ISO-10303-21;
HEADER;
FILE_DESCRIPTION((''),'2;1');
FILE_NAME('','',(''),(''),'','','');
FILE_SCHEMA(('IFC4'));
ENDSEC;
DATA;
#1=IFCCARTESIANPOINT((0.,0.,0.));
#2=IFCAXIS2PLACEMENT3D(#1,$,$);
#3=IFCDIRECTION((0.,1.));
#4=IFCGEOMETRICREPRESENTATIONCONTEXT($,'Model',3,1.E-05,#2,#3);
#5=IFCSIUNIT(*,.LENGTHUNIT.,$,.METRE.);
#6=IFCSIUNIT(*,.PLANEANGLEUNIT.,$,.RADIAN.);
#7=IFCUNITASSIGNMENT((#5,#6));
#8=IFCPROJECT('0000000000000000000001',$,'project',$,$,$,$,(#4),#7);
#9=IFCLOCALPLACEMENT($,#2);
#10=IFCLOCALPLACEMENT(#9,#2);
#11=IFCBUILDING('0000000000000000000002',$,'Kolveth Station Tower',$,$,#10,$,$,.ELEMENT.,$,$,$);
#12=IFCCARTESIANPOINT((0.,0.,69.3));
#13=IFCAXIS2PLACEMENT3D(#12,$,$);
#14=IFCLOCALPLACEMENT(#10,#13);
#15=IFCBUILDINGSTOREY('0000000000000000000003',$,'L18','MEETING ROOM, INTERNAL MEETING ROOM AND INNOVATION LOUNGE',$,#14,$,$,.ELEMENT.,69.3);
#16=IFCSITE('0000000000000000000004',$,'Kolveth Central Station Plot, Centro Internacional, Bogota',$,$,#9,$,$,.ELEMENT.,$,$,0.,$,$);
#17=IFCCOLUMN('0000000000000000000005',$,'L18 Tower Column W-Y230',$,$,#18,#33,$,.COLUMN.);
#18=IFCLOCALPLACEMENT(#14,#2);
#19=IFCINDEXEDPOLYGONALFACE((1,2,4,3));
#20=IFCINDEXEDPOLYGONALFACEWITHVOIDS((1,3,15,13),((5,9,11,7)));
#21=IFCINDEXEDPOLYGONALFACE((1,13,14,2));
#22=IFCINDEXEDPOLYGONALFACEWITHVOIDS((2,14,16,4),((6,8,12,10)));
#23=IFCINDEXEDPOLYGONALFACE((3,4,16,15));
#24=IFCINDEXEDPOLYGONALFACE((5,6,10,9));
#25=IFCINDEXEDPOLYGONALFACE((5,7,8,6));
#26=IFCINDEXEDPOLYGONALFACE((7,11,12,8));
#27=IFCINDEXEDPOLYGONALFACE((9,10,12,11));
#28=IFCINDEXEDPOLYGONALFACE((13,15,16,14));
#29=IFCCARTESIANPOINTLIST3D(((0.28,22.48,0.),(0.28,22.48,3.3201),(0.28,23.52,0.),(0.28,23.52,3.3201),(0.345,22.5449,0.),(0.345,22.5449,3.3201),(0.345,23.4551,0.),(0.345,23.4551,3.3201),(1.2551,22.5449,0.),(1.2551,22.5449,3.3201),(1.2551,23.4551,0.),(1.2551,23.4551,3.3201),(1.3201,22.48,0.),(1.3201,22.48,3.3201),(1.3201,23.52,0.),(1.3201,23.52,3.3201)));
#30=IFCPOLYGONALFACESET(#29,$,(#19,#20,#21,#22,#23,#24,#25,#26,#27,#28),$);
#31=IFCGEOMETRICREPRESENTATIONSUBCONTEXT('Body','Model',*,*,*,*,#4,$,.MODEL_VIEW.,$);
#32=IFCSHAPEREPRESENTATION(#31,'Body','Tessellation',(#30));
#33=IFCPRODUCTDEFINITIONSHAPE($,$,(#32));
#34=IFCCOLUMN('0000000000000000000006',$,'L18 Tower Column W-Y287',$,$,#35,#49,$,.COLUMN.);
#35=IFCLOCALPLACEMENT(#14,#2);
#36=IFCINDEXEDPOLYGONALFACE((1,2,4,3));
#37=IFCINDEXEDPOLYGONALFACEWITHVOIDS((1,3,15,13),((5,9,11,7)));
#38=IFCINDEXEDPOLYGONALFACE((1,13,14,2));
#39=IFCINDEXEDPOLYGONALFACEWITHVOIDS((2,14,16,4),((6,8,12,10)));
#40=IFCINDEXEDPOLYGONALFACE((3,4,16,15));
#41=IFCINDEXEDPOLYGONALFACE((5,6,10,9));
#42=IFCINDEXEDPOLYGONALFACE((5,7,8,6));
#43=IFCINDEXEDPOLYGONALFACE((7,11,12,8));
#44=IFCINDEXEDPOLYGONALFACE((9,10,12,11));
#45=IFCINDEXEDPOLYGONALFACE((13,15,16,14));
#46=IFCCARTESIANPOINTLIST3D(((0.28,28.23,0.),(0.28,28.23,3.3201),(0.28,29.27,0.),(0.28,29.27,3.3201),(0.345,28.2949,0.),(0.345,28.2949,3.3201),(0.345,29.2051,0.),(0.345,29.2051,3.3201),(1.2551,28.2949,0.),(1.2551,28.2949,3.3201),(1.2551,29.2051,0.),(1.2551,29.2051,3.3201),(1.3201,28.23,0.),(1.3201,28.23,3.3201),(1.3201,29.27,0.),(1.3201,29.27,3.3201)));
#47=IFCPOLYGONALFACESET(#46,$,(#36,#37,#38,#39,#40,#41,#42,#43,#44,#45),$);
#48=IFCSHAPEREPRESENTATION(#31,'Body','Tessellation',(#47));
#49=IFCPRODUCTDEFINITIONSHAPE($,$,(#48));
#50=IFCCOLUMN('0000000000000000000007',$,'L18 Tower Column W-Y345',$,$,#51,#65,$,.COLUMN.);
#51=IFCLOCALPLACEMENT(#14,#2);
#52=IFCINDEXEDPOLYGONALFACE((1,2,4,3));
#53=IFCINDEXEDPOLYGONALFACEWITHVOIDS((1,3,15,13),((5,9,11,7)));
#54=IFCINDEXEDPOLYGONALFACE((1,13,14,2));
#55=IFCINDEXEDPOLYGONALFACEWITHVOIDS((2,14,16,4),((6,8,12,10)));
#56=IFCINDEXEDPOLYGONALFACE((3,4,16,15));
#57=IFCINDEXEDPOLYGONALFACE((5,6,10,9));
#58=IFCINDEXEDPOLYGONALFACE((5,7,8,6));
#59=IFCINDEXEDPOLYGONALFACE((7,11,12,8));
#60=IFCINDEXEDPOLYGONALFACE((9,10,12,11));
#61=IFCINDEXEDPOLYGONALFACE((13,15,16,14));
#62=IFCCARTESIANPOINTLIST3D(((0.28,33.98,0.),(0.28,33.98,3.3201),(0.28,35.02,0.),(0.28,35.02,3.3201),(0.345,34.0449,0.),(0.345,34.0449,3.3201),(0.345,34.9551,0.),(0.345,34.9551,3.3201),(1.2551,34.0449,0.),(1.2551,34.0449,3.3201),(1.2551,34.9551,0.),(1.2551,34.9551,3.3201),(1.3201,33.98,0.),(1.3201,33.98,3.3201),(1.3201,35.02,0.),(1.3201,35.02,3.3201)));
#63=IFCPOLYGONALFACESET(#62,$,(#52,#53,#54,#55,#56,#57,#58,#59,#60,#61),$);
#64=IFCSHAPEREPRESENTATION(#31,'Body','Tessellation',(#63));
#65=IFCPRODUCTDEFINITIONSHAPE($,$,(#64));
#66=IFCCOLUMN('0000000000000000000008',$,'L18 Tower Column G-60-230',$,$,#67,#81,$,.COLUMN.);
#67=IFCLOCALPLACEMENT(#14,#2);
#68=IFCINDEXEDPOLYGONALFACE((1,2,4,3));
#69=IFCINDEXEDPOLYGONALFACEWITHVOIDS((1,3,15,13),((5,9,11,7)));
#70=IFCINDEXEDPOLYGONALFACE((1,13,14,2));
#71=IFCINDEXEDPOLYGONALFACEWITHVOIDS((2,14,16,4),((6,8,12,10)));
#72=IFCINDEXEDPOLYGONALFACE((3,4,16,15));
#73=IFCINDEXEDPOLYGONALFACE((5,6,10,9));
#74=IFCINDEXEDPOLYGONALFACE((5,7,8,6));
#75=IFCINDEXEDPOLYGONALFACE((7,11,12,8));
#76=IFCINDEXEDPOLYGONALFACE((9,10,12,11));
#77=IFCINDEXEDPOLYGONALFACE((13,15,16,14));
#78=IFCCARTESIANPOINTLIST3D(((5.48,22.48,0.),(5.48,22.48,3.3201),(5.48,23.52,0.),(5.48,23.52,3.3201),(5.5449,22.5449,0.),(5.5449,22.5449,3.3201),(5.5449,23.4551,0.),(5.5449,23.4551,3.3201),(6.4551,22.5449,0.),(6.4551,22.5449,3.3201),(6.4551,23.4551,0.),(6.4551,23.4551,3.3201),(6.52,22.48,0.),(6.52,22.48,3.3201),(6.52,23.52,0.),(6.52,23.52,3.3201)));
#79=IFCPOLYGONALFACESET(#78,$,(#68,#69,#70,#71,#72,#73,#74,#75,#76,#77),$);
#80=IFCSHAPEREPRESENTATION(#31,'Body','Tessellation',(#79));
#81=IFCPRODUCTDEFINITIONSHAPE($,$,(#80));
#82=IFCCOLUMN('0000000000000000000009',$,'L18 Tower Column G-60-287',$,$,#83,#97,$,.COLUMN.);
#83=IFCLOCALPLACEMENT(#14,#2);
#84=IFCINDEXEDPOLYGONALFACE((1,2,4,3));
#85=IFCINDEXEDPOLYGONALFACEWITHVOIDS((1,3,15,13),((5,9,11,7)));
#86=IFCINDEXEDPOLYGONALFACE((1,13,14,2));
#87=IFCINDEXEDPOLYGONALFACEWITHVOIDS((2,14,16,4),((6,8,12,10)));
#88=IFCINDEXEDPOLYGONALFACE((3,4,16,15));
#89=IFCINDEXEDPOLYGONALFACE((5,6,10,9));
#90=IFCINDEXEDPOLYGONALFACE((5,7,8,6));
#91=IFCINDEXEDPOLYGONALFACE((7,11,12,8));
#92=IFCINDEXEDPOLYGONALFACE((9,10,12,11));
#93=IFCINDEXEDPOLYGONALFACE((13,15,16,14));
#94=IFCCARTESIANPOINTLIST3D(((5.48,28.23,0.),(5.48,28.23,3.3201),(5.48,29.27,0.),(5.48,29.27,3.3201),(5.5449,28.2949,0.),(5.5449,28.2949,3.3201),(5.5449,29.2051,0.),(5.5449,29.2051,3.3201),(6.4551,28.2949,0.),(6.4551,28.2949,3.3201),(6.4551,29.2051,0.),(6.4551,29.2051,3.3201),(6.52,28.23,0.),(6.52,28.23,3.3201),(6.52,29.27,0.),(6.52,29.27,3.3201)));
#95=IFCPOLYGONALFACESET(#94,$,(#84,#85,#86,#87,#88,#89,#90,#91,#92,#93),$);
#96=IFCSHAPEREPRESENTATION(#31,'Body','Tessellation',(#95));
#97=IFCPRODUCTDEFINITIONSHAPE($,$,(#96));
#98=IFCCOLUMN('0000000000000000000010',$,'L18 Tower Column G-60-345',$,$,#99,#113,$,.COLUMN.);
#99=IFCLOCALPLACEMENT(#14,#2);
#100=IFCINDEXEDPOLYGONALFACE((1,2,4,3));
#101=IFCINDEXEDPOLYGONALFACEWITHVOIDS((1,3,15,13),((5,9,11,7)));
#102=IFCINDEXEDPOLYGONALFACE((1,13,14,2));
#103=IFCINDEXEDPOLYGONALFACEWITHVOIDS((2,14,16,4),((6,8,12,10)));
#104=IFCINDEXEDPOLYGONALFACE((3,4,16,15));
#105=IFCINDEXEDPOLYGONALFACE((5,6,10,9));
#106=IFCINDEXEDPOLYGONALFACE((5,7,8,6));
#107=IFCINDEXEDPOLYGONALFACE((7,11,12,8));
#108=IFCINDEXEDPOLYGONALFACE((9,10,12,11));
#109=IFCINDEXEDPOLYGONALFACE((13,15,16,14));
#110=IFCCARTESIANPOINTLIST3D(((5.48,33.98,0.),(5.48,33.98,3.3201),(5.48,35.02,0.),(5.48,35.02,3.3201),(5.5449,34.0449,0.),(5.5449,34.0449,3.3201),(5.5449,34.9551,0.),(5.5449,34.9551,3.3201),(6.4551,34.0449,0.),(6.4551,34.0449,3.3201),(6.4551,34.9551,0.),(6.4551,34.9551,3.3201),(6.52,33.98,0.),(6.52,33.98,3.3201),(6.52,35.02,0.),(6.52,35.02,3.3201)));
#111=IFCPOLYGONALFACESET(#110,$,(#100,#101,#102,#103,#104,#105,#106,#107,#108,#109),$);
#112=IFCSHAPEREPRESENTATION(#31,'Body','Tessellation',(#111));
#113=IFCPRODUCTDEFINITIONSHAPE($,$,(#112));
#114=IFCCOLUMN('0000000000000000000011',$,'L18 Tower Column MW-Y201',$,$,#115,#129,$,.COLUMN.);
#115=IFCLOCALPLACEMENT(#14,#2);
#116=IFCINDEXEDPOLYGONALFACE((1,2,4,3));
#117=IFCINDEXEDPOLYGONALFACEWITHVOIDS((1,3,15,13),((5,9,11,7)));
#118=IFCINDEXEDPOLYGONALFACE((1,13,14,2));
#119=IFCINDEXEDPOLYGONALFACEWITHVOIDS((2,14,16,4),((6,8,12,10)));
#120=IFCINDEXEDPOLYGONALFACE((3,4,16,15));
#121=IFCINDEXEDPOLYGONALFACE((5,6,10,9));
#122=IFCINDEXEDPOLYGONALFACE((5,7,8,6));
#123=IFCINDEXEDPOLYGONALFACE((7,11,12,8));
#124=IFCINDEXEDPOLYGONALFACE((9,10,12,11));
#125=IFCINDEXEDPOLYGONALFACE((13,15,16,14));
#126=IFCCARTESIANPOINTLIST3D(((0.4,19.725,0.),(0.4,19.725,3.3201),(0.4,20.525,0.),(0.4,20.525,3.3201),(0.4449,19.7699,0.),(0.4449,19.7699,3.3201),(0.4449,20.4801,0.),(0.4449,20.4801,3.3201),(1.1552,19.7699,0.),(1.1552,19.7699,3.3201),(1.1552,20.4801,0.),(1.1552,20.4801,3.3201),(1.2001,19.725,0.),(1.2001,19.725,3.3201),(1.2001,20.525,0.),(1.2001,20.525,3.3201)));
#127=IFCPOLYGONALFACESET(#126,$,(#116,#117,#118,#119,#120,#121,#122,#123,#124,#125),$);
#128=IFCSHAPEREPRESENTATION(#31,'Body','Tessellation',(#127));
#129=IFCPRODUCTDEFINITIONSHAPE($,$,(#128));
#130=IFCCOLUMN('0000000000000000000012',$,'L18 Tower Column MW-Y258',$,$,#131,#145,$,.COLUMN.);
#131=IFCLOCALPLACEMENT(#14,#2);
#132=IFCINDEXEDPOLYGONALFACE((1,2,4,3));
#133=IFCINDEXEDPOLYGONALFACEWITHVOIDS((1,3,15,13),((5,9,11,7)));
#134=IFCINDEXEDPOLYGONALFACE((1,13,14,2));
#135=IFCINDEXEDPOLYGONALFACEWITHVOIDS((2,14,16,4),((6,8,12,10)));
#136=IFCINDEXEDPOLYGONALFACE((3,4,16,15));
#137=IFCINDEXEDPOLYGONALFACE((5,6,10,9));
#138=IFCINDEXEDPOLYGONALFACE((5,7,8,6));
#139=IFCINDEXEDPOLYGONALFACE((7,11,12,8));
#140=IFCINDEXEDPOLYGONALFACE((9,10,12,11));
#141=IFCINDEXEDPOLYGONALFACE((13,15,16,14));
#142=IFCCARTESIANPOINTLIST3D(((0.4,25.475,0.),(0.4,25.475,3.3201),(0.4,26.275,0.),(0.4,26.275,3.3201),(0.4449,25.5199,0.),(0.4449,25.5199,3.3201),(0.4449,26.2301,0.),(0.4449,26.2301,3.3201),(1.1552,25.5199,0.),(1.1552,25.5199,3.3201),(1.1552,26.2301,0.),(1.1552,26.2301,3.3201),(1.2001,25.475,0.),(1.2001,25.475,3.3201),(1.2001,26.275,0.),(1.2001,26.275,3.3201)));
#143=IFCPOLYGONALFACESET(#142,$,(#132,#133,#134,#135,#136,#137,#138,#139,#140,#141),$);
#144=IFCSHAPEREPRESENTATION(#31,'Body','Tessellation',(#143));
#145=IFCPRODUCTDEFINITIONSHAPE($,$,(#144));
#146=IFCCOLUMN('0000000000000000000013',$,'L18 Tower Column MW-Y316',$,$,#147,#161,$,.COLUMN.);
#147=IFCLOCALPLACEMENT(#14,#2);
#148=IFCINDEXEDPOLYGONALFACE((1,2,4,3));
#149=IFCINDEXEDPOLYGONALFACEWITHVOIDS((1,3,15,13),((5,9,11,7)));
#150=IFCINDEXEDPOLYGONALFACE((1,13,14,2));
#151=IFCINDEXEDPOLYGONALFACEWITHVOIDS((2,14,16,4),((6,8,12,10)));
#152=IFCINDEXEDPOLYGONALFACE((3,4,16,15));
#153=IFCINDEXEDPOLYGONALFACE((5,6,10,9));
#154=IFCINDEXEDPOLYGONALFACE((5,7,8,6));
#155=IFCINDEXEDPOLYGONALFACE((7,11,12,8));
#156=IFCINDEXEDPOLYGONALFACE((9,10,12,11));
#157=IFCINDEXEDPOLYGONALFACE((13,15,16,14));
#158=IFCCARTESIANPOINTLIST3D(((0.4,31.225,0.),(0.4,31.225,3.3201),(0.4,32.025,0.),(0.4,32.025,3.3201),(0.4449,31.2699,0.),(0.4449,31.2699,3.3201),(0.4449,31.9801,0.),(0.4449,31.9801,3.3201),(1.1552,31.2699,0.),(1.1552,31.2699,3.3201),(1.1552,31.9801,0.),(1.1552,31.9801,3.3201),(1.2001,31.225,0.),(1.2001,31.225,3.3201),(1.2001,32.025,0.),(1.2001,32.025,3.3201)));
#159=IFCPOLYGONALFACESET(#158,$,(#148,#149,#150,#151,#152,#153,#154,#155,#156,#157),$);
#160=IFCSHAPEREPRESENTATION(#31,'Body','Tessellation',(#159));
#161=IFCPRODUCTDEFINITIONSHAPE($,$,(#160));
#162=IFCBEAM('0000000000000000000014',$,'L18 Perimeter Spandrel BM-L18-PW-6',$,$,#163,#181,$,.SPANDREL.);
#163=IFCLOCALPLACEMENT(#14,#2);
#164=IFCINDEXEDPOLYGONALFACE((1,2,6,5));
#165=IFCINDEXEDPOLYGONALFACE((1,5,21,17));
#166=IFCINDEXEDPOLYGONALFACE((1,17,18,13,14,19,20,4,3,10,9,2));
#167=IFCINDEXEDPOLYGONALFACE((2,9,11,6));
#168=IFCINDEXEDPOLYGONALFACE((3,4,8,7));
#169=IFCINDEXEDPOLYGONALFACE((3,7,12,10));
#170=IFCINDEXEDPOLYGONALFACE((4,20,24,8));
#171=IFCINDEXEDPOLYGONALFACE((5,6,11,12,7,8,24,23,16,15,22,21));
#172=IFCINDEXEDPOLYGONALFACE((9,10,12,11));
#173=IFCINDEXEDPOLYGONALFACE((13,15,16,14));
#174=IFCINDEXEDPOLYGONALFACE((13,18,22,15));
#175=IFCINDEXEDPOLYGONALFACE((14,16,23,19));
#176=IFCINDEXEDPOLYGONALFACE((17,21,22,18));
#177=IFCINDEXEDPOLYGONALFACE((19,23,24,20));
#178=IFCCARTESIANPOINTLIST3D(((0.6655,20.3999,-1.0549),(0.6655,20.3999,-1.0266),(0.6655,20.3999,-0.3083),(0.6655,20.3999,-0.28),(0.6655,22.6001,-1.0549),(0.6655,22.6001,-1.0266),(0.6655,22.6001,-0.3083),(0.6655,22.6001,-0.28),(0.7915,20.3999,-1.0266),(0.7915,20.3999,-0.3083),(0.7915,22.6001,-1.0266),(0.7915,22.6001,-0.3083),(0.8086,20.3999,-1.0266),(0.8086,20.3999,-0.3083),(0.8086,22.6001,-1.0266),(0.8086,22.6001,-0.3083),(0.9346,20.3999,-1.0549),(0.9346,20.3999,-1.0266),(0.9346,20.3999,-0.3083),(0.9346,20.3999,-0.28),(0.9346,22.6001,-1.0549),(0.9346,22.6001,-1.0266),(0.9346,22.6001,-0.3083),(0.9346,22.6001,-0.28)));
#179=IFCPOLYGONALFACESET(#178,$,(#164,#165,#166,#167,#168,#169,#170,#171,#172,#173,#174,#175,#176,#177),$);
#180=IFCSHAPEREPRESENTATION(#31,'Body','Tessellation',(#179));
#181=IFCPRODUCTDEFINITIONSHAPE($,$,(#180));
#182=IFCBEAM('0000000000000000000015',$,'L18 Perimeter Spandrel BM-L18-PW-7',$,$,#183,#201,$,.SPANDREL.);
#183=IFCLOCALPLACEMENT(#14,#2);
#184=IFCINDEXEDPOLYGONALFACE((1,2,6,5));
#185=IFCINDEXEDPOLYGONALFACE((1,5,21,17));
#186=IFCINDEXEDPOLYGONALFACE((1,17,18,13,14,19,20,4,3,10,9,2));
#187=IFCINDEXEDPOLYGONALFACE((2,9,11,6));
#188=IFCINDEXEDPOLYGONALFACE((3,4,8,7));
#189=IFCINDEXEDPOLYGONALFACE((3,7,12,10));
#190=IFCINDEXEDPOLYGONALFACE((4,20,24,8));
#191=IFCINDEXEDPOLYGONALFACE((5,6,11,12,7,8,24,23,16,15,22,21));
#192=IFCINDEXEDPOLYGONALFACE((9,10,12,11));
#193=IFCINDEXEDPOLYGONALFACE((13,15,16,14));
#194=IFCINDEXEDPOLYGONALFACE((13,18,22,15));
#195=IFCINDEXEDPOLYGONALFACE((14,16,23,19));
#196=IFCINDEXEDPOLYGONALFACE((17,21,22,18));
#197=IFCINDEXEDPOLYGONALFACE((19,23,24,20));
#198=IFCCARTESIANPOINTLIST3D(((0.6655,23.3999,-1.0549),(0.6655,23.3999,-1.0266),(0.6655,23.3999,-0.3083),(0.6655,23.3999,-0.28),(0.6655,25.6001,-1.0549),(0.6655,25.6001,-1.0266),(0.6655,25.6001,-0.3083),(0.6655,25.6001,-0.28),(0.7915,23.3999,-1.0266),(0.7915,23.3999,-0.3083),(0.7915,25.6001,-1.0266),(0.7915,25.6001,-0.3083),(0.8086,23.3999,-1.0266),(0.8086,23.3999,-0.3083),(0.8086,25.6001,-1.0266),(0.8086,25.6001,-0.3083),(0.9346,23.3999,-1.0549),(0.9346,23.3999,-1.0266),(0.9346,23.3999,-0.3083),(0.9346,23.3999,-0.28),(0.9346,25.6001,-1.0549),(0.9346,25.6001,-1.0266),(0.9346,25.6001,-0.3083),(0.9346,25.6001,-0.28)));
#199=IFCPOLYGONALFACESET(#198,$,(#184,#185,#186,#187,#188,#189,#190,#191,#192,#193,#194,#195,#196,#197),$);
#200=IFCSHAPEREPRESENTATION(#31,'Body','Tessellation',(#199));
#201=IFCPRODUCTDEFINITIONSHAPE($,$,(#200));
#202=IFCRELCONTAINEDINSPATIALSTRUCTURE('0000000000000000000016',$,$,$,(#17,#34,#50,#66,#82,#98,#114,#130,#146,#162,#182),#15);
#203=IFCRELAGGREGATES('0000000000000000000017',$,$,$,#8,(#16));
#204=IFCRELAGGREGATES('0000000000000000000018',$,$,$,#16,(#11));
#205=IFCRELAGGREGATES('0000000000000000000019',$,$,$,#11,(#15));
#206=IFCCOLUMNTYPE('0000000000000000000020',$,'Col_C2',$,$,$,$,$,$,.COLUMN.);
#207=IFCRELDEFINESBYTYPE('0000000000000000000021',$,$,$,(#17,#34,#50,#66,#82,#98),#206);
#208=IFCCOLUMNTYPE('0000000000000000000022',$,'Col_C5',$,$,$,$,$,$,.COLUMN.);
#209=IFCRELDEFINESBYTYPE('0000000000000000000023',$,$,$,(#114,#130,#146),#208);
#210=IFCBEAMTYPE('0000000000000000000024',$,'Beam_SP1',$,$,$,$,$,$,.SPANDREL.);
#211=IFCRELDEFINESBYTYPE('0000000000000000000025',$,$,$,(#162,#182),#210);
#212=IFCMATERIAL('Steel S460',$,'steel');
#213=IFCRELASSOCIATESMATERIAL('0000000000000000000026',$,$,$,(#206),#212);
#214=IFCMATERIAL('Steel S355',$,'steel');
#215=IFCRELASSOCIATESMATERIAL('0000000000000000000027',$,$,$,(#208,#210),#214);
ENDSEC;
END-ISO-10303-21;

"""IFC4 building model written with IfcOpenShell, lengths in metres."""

from ifc_helpers import new_model, si_unit, direction, frame, origin, origin_2d, place, context, subcontext, project, spatial, hollow_rectangle, i_section, extrude, source, transform, mapped, material, material_profile, profile_set, type_object, element, save


model = new_model("IFC4")

# Units and contexts
model_context = context("Model", 3, precision=1e-05, world=origin(), true_north=direction((0.0, 1.0)))
body_context = subcontext(model_context, "Body", "Model", "MODEL_VIEW")
ifc_project = project(units=[si_unit("LENGTHUNIT", "METRE"), si_unit("PLANEANGLEUNIT", "RADIAN")], contexts=[model_context])

# Site, building, storey
site_placement = place(None, origin())
site = spatial("IfcSite", under=ifc_project, at=site_placement, Name="Kolveth Central Station Plot, Centro Internacional, Bogota", CompositionType="ELEMENT", RefElevation=0.0)
building_placement = place(site_placement, origin())
building = spatial("IfcBuilding", under=site, at=building_placement, Name="Kolveth Station Tower", CompositionType="ELEMENT")
storey_placement = place(building_placement, frame((0.0, 0.0, 69.3)))
storey = spatial("IfcBuildingStorey", under=building, at=storey_placement, Name="L18", Description="MEETING ROOM, INTERNAL MEETING ROOM AND INNOVATION LOUNGE", CompositionType="ELEMENT", Elevation=69.3)

# Columns
ifc_material_1 = material(Name="Steel S460", Category="steel")
ifc_material_profile_1 = material_profile(ifc_material_1, hollow_rectangle(XDim=1.04, YDim=1.04, WallThickness=0.0649, at=origin_2d()), Name="BOX1040x1040x65")
ifc_profile_set_1 = profile_set([ifc_material_profile_1], Name="Steel S460")
column_type_1 = type_object("IfcColumnType", Name="Col_C2", PredefinedType="COLUMN", material=ifc_profile_set_1)
shared_shape_1 = source(origin(), body_context, "Body", "SweptSolid", [
    extrude(hollow_rectangle(XDim=1.04, YDim=1.04, WallThickness=0.0649, at=origin_2d()), origin(), (0.0, 0.0, 1.0), 3.3201),
])
for number, where, z_axis, x_axis, name in (
    (1, (0.8, 23.0, 0.0), (0.0, 0.0, 1.0), (1.0, 0.0, 0.0), "L18 Tower Column W-Y230"),
    (2, (0.8, 28.75, 0.0), (0.0, 0.0, 1.0), (1.0, 0.0, 0.0), "L18 Tower Column W-Y287"),
    (3, (0.8, 34.5, 0.0), (0.0, 0.0, 1.0), (1.0, 0.0, 0.0), "L18 Tower Column W-Y345"),
    (4, (6.0, 23.0, 0.0), (0.0, 0.0, 1.0), (1.0, 0.0, 0.0), "L18 Tower Column G-60-230"),
    (5, (6.0, 28.75, 0.0), (0.0, 0.0, 1.0), (1.0, 0.0, 0.0), "L18 Tower Column G-60-287"),
    (6, (6.0, 34.5, 0.0), (0.0, 0.0, 1.0), (1.0, 0.0, 0.0), "L18 Tower Column G-60-345"),
):
    element("IfcColumn", number, at=place(storey_placement, frame(where, z_axis=z_axis, x_axis=x_axis)), inside=storey, type_object=column_type_1, Name=name, PredefinedType="COLUMN", context=body_context, shape_type="MappedRepresentation", body=[
        mapped(shared_shape_1, transform((0.0, 0.0, 0.0), x_axis=(1.0, 0.0, 0.0), y_axis=(0.0, 1.0, 0.0), z_axis=(0.0, 0.0, 1.0), scale=1.0)),
    ])
ifc_material_2 = material(Name="Steel S355", Category="steel")
ifc_material_profile_2 = material_profile(ifc_material_2, hollow_rectangle(XDim=0.8, YDim=0.8, WallThickness=0.0449, at=origin_2d()), Name="BOX800x800x45")
ifc_profile_set_2 = profile_set([ifc_material_profile_2], Name="Steel S355")
column_type_2 = type_object("IfcColumnType", Name="Col_C5", PredefinedType="COLUMN", material=ifc_profile_set_2)
shared_shape_2 = source(origin(), body_context, "Body", "SweptSolid", [
    extrude(hollow_rectangle(XDim=0.8, YDim=0.8, WallThickness=0.0449, at=origin_2d()), origin(), (0.0, 0.0, 1.0), 3.3201),
])
for number, where, z_axis, x_axis, name in (
    (7, (0.8, 20.125, 0.0), (0.0, 0.0, 1.0), (1.0, 0.0, 0.0), "L18 Tower Column MW-Y201"),
    (8, (0.8, 25.875, 0.0), (0.0, 0.0, 1.0), (1.0, 0.0, 0.0), "L18 Tower Column MW-Y258"),
    (9, (0.8, 31.625, 0.0), (0.0, 0.0, 1.0), (1.0, 0.0, 0.0), "L18 Tower Column MW-Y316"),
):
    element("IfcColumn", number, at=place(storey_placement, frame(where, z_axis=z_axis, x_axis=x_axis)), inside=storey, type_object=column_type_2, Name=name, PredefinedType="COLUMN", context=body_context, shape_type="MappedRepresentation", body=[
        mapped(shared_shape_2, transform((0.0, 0.0, 0.0), x_axis=(1.0, 0.0, 0.0), y_axis=(0.0, 1.0, 0.0), z_axis=(0.0, 0.0, 1.0), scale=1.0)),
    ])

# Beams
ifc_material_profile_3 = material_profile(ifc_material_2, i_section(OverallWidth=0.269, OverallDepth=0.7749, WebThickness=0.0171, FlangeThickness=0.0283, at=origin_2d()), Name="W760x220")
ifc_profile_set_3 = profile_set([ifc_material_profile_3], Name="Steel S355")
beam_type_1 = type_object("IfcBeamType", Name="Beam_SP1", PredefinedType="SPANDREL", material=ifc_profile_set_3)
shared_shape_3 = source(origin(), body_context, "Body", "SweptSolid", [
    extrude(i_section(OverallWidth=0.269, OverallDepth=0.7749, WebThickness=0.0171, FlangeThickness=0.0283, at=origin_2d()), origin(), (0.0, 0.0, 1.0), 2.2002),
])
for number, where, z_axis, x_axis, name in (
    (10, (0.8, 20.3999, -0.6675), (0.0, 1.0, 0.0), (-1.0, 0.0, 0.0), "L18 Perimeter Spandrel BM-L18-PW-6"),
    (11, (0.8, 23.3999, -0.6675), (0.0, 1.0, 0.0), (-1.0, 0.0, 0.0), "L18 Perimeter Spandrel BM-L18-PW-7"),
):
    element("IfcBeam", number, at=place(storey_placement, frame(where, z_axis=z_axis, x_axis=x_axis)), inside=storey, type_object=beam_type_1, Name=name, PredefinedType="SPANDREL", context=body_context, shape_type="MappedRepresentation", body=[
        mapped(shared_shape_3, transform((0.0, 0.0, 0.0), x_axis=(1.0, 0.0, 0.0), y_axis=(0.0, 1.0, 0.0), z_axis=(0.0, 0.0, 1.0), scale=1.0)),
    ])

save(model, "model.ifc")
